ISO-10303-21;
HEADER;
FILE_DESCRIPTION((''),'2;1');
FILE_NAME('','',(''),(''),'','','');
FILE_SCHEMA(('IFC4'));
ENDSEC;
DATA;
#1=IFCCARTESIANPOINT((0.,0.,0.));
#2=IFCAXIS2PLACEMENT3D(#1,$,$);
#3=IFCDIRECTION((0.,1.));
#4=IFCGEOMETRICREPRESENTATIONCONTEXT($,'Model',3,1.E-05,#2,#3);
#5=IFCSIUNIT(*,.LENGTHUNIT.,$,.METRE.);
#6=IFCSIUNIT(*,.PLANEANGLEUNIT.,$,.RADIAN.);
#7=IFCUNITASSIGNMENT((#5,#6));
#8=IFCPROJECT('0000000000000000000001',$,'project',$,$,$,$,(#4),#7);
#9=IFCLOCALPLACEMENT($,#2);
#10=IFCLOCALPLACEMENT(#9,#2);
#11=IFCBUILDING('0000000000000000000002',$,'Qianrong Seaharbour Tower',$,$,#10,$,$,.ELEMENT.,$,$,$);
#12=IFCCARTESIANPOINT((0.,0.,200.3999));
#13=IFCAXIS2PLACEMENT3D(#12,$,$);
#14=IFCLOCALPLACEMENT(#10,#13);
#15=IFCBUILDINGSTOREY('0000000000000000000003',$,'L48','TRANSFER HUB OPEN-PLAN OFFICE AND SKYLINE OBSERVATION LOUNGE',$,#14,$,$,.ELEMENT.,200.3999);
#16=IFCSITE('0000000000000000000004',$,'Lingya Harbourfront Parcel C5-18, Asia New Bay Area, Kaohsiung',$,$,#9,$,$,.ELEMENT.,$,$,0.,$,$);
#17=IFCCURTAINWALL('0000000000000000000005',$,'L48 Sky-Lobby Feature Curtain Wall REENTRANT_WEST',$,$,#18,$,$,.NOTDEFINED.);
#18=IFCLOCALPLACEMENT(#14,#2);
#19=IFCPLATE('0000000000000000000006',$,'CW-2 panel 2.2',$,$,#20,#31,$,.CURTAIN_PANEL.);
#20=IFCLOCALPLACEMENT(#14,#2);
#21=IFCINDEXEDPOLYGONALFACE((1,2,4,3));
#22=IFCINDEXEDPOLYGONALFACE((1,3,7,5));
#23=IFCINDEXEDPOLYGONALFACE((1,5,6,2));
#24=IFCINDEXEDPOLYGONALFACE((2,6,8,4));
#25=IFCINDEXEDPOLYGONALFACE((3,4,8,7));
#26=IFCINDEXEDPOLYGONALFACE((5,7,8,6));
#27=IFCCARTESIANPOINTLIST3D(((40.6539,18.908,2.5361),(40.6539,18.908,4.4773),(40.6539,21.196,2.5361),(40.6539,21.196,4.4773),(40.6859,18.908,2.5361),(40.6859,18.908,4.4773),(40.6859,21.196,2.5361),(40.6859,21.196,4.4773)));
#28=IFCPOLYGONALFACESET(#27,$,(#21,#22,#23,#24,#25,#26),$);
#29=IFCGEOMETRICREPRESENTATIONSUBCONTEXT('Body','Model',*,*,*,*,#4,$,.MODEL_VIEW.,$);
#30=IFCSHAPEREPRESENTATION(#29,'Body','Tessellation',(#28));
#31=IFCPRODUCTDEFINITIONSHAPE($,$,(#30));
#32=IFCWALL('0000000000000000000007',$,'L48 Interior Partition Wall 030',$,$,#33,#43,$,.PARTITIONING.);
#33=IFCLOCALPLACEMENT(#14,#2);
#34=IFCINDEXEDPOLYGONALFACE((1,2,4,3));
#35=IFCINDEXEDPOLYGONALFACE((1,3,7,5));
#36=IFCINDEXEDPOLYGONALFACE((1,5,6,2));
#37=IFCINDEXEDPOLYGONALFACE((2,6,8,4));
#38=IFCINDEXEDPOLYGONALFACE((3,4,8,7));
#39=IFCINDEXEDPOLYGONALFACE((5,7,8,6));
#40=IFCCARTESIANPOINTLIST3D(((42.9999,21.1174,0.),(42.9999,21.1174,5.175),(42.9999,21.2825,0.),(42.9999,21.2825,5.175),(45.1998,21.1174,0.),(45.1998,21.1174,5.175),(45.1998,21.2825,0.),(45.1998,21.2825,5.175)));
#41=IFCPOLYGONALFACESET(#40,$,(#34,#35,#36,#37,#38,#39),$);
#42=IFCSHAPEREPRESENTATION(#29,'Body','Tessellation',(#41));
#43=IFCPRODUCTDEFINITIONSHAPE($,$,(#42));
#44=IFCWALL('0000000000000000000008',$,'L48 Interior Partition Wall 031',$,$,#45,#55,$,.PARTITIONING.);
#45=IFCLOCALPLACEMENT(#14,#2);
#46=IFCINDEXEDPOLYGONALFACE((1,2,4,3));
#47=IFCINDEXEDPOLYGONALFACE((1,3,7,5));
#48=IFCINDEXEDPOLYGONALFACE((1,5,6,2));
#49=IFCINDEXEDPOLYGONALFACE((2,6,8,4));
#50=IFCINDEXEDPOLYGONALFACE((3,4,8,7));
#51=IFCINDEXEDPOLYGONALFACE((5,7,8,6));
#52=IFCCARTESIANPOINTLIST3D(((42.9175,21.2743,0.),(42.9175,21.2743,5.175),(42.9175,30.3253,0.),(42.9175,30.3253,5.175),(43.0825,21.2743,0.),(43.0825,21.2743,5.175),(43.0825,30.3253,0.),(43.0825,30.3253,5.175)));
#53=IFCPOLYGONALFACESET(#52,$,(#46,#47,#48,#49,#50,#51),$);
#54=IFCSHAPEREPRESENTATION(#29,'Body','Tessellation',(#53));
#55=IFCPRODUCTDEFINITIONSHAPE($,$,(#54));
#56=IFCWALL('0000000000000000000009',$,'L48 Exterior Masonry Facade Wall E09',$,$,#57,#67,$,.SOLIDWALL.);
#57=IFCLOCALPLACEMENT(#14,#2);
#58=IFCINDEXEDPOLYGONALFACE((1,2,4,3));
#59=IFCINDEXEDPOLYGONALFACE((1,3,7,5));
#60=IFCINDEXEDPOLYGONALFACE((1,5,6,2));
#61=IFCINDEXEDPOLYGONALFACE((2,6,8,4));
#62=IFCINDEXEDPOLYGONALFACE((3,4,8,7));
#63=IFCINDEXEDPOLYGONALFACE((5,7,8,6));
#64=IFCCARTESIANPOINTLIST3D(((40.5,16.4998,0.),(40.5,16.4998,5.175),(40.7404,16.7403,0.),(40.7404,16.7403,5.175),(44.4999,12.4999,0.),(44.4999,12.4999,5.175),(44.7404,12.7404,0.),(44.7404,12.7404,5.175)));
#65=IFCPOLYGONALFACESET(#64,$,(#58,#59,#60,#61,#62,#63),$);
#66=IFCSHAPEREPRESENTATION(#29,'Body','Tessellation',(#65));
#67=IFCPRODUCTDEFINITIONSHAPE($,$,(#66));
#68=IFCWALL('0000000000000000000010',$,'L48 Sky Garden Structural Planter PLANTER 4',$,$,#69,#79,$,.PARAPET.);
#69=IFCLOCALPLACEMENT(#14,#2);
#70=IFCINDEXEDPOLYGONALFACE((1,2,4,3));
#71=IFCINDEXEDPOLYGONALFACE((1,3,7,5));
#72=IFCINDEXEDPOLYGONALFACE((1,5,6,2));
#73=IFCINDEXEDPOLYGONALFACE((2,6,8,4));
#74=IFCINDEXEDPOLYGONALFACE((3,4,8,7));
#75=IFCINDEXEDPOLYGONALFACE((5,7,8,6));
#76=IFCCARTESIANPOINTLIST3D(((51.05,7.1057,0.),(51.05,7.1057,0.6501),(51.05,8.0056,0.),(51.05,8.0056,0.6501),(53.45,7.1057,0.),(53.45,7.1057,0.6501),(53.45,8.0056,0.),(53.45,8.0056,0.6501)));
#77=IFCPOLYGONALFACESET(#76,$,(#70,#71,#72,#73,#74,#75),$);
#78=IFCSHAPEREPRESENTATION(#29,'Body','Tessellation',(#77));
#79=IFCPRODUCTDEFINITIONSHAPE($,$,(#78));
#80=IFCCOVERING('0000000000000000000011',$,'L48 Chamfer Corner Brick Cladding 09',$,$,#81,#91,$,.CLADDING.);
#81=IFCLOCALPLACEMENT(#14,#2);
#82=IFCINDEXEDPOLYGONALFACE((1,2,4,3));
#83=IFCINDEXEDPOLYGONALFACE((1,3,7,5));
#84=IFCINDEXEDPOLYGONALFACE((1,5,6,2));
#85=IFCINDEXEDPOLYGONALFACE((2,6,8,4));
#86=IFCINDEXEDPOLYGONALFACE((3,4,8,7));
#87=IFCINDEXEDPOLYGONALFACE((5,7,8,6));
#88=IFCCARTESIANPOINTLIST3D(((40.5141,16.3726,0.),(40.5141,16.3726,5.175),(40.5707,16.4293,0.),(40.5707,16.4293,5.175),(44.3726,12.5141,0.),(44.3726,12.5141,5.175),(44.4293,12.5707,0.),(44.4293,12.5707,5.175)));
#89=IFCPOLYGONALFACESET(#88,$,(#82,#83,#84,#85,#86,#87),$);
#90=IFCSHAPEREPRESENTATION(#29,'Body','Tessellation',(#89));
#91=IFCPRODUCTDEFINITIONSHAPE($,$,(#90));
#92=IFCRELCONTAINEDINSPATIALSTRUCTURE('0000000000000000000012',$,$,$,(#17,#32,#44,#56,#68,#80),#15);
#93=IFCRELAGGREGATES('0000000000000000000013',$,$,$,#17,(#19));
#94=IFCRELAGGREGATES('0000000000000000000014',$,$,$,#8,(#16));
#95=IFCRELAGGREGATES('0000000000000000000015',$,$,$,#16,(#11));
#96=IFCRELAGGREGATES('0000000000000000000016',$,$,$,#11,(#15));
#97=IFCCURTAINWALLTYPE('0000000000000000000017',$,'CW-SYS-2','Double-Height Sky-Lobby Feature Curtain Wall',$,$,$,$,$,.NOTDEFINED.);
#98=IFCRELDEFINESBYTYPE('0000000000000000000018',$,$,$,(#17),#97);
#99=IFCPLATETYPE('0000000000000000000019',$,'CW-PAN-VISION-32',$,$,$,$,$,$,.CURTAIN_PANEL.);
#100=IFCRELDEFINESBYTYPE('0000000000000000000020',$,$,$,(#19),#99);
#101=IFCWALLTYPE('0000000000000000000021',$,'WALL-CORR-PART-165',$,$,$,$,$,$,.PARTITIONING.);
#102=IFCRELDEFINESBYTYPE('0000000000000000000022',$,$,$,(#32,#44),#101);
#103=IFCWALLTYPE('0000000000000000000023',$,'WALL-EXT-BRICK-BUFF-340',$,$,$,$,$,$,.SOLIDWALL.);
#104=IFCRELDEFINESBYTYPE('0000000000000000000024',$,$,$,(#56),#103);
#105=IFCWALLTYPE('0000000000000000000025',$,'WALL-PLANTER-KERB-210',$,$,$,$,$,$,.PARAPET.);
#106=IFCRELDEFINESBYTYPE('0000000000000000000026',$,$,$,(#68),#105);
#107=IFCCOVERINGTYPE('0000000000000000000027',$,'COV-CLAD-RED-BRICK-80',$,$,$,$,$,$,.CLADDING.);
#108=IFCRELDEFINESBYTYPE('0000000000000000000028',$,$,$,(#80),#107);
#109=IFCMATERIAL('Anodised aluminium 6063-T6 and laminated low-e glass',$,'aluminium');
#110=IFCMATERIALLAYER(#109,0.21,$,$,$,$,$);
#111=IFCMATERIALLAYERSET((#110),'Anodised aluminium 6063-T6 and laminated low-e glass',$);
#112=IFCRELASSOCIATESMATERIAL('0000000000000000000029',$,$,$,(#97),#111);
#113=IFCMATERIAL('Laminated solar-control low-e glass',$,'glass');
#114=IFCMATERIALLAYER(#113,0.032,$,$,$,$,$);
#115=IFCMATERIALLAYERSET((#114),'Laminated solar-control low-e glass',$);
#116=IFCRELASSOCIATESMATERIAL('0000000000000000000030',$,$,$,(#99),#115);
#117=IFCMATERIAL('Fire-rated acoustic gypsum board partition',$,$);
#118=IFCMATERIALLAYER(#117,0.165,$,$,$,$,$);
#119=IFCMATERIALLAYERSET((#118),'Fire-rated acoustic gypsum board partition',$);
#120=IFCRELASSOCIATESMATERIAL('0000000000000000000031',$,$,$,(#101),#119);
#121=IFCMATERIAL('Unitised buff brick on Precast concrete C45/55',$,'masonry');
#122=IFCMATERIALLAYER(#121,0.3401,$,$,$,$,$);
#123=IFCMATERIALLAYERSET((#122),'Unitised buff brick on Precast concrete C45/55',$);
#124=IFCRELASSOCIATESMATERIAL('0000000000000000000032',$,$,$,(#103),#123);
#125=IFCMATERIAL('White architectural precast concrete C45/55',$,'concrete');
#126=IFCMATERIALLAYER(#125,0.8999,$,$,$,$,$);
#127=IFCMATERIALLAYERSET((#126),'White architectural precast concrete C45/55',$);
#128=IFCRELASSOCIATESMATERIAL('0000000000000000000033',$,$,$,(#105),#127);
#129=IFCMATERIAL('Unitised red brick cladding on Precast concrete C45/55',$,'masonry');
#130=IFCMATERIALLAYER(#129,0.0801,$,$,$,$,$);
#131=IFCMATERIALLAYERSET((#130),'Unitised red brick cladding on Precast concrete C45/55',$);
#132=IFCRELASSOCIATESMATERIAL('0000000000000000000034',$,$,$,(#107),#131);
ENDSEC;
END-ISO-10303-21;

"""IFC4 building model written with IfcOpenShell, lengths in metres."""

from ifc_helpers import new_model, si_unit, direction, frame, frame_2d, origin, origin_2d, place, context, subcontext, project, spatial, rectangle, extrude, material, layer, layer_set, type_object, element, aggregate, save


model = new_model("IFC4")

# Units and contexts
model_context = context("Model", 3, precision=1e-05, world=origin(), true_north=direction((0.0, 1.0)))
body_context = subcontext(model_context, "Body", "Model", "MODEL_VIEW")
ifc_project = project(units=[si_unit("LENGTHUNIT", "METRE"), si_unit("PLANEANGLEUNIT", "RADIAN")], contexts=[model_context])

# Site, building, storey
site_placement = place(None, origin())
site = spatial("IfcSite", under=ifc_project, at=site_placement, Name="Lingya Harbourfront Parcel C5-18, Asia New Bay Area, Kaohsiung", CompositionType="ELEMENT", RefElevation=0.0)
building_placement = place(site_placement, origin())
building = spatial("IfcBuilding", under=site, at=building_placement, Name="Qianrong Seaharbour Tower", CompositionType="ELEMENT")
storey_placement = place(building_placement, frame((0.0, 0.0, 200.3999)))
storey = spatial("IfcBuildingStorey", under=building, at=storey_placement, Name="L48", Description="TRANSFER HUB OPEN-PLAN OFFICE AND SKYLINE OBSERVATION LOUNGE", CompositionType="ELEMENT", Elevation=200.3999)

# Curtain wall, plate
ifc_material_1 = material(Name="Anodised aluminium 6063-T6 and laminated low-e glass", Category="aluminium")
ifc_layer_1 = layer(ifc_material_1, 0.21)
ifc_layer_set_1 = layer_set([ifc_layer_1], Name="Anodised aluminium 6063-T6 and laminated low-e glass")
curtain_wall_type = type_object("IfcCurtainWallType", Name="CW-SYS-2", Description="Double-Height Sky-Lobby Feature Curtain Wall", PredefinedType="NOTDEFINED", material=ifc_layer_set_1)
curtain_wall_placement = place(storey_placement, origin())
curtain_wall = element("IfcCurtainWall", 1, at=curtain_wall_placement, inside=storey, type_object=curtain_wall_type, Name="L48 Sky-Lobby Feature Curtain Wall REENTRANT_WEST", PredefinedType="NOTDEFINED")
ifc_material_2 = material(Name="Laminated solar-control low-e glass", Category="glass")
ifc_layer_2 = layer(ifc_material_2, 0.032)
ifc_layer_set_2 = layer_set([ifc_layer_2], Name="Laminated solar-control low-e glass")
plate_type = type_object("IfcPlateType", Name="CW-PAN-VISION-32", PredefinedType="CURTAIN_PANEL", material=ifc_layer_set_2)
plate_1_placement = place(storey_placement, frame((40.6699, 20.052, 2.5361), z_axis=(0.0, 0.0, 1.0), x_axis=(0.0, 1.0, 0.0)))
plate_1 = element("IfcPlate", 2, at=plate_1_placement, type_object=plate_type, Name="CW-2 panel 2.2", PredefinedType="CURTAIN_PANEL", context=body_context, shape_type="SweptSolid", body=[
    extrude(rectangle(XDim=2.2881, YDim=0.032, at=origin_2d()), origin(), (0.0, 0.0, 1.0), 1.9412),
])
aggregate(curtain_wall, [plate_1])

# Walls
ifc_material_3 = material(Name="Fire-rated acoustic gypsum board partition")
ifc_layer_3 = layer(ifc_material_3, 0.165)
ifc_layer_set_3 = layer_set([ifc_layer_3], Name="Fire-rated acoustic gypsum board partition")
wall_type_1 = type_object("IfcWallType", Name="WALL-CORR-PART-165", PredefinedType="PARTITIONING", material=ifc_layer_set_3)
wall_1_placement = place(storey_placement, frame((45.2, 21.2, 0.0), z_axis=(0.0, 0.0, 1.0), x_axis=(-1.0, 0.0, 0.0)))
element("IfcWall", 3, at=wall_1_placement, inside=storey, type_object=wall_type_1, Name="L48 Interior Partition Wall 030", PredefinedType="PARTITIONING", context=body_context, shape_type="SweptSolid", body=[
    extrude(rectangle(XDim=2.2, YDim=0.165, at=frame_2d((1.1001, 0.0))), origin(), (0.0, 0.0, 1.0), 5.175),
])
wall_2_placement = place(storey_placement, frame((43.0, 21.2744, 0.0), z_axis=(0.0, 0.0, 1.0), x_axis=(0.0, 1.0, 0.0)))
element("IfcWall", 4, at=wall_2_placement, inside=storey, type_object=wall_type_1, Name="L48 Interior Partition Wall 031", PredefinedType="PARTITIONING", context=body_context, shape_type="SweptSolid", body=[
    extrude(rectangle(XDim=9.051, YDim=0.165, at=frame_2d((4.5254, 0.0))), origin(), (0.0, 0.0, 1.0), 5.175),
])
ifc_material_4 = material(Name="Unitised buff brick on Precast concrete C45/55", Category="masonry")
ifc_layer_4 = layer(ifc_material_4, 0.3401)
ifc_layer_set_4 = layer_set([ifc_layer_4], Name="Unitised buff brick on Precast concrete C45/55")
wall_type_2 = type_object("IfcWallType", Name="WALL-EXT-BRICK-BUFF-340", PredefinedType="SOLIDWALL", material=ifc_layer_set_4)
wall_3_placement = place(storey_placement, frame((44.6201, 12.6201, 0.0), z_axis=(0.0, 0.0, 1.0), x_axis=(-0.707107, 0.707107, 0.0)))
element("IfcWall", 5, at=wall_3_placement, inside=storey, type_object=wall_type_2, Name="L48 Exterior Masonry Facade Wall E09", PredefinedType="SOLIDWALL", context=body_context, shape_type="SweptSolid", body=[
    extrude(rectangle(XDim=5.6567, YDim=0.3401, at=frame_2d((2.8284, 0.0))), origin(), (0.0, 0.0, 1.0), 5.175),
])
ifc_material_5 = material(Name="White architectural precast concrete C45/55", Category="concrete")
ifc_layer_5 = layer(ifc_material_5, 0.8999)
ifc_layer_set_5 = layer_set([ifc_layer_5], Name="White architectural precast concrete C45/55")
wall_type_3 = type_object("IfcWallType", Name="WALL-PLANTER-KERB-210", PredefinedType="PARAPET", material=ifc_layer_set_5)
wall_4_placement = place(storey_placement, frame((51.05, 7.5557, 0.0), z_axis=(0.0, 0.0, 1.0), x_axis=(1.0, 0.0, 0.0)))
element("IfcWall", 6, at=wall_4_placement, inside=storey, type_object=wall_type_3, Name="L48 Sky Garden Structural Planter PLANTER 4", PredefinedType="PARAPET", context=body_context, shape_type="SweptSolid", body=[
    extrude(rectangle(XDim=2.3999, YDim=0.8999, at=frame_2d((1.2, 0.0))), origin(), (0.0, 0.0, 1.0), 0.6501),
])

# Covering
ifc_material_6 = material(Name="Unitised red brick cladding on Precast concrete C45/55", Category="masonry")
ifc_layer_6 = layer(ifc_material_6, 0.0801)
ifc_layer_set_6 = layer_set([ifc_layer_6], Name="Unitised red brick cladding on Precast concrete C45/55")
covering_type = type_object("IfcCoveringType", Name="COV-CLAD-RED-BRICK-80", PredefinedType="CLADDING", material=ifc_layer_set_6)
covering_placement = place(storey_placement, frame((42.4717, 14.4717, 0.0), z_axis=(0.0, 0.0, 1.0), x_axis=(-0.707107, 0.707107, 0.0)))
element("IfcCovering", 7, at=covering_placement, inside=storey, type_object=covering_type, Name="L48 Chamfer Corner Brick Cladding 09", PredefinedType="CLADDING", context=body_context, shape_type="SweptSolid", body=[
    extrude(rectangle(XDim=5.4568, YDim=0.0801, at=origin_2d()), origin(), (0.0, 0.0, 1.0), 5.175),
])

save(model, "model.ifc")
